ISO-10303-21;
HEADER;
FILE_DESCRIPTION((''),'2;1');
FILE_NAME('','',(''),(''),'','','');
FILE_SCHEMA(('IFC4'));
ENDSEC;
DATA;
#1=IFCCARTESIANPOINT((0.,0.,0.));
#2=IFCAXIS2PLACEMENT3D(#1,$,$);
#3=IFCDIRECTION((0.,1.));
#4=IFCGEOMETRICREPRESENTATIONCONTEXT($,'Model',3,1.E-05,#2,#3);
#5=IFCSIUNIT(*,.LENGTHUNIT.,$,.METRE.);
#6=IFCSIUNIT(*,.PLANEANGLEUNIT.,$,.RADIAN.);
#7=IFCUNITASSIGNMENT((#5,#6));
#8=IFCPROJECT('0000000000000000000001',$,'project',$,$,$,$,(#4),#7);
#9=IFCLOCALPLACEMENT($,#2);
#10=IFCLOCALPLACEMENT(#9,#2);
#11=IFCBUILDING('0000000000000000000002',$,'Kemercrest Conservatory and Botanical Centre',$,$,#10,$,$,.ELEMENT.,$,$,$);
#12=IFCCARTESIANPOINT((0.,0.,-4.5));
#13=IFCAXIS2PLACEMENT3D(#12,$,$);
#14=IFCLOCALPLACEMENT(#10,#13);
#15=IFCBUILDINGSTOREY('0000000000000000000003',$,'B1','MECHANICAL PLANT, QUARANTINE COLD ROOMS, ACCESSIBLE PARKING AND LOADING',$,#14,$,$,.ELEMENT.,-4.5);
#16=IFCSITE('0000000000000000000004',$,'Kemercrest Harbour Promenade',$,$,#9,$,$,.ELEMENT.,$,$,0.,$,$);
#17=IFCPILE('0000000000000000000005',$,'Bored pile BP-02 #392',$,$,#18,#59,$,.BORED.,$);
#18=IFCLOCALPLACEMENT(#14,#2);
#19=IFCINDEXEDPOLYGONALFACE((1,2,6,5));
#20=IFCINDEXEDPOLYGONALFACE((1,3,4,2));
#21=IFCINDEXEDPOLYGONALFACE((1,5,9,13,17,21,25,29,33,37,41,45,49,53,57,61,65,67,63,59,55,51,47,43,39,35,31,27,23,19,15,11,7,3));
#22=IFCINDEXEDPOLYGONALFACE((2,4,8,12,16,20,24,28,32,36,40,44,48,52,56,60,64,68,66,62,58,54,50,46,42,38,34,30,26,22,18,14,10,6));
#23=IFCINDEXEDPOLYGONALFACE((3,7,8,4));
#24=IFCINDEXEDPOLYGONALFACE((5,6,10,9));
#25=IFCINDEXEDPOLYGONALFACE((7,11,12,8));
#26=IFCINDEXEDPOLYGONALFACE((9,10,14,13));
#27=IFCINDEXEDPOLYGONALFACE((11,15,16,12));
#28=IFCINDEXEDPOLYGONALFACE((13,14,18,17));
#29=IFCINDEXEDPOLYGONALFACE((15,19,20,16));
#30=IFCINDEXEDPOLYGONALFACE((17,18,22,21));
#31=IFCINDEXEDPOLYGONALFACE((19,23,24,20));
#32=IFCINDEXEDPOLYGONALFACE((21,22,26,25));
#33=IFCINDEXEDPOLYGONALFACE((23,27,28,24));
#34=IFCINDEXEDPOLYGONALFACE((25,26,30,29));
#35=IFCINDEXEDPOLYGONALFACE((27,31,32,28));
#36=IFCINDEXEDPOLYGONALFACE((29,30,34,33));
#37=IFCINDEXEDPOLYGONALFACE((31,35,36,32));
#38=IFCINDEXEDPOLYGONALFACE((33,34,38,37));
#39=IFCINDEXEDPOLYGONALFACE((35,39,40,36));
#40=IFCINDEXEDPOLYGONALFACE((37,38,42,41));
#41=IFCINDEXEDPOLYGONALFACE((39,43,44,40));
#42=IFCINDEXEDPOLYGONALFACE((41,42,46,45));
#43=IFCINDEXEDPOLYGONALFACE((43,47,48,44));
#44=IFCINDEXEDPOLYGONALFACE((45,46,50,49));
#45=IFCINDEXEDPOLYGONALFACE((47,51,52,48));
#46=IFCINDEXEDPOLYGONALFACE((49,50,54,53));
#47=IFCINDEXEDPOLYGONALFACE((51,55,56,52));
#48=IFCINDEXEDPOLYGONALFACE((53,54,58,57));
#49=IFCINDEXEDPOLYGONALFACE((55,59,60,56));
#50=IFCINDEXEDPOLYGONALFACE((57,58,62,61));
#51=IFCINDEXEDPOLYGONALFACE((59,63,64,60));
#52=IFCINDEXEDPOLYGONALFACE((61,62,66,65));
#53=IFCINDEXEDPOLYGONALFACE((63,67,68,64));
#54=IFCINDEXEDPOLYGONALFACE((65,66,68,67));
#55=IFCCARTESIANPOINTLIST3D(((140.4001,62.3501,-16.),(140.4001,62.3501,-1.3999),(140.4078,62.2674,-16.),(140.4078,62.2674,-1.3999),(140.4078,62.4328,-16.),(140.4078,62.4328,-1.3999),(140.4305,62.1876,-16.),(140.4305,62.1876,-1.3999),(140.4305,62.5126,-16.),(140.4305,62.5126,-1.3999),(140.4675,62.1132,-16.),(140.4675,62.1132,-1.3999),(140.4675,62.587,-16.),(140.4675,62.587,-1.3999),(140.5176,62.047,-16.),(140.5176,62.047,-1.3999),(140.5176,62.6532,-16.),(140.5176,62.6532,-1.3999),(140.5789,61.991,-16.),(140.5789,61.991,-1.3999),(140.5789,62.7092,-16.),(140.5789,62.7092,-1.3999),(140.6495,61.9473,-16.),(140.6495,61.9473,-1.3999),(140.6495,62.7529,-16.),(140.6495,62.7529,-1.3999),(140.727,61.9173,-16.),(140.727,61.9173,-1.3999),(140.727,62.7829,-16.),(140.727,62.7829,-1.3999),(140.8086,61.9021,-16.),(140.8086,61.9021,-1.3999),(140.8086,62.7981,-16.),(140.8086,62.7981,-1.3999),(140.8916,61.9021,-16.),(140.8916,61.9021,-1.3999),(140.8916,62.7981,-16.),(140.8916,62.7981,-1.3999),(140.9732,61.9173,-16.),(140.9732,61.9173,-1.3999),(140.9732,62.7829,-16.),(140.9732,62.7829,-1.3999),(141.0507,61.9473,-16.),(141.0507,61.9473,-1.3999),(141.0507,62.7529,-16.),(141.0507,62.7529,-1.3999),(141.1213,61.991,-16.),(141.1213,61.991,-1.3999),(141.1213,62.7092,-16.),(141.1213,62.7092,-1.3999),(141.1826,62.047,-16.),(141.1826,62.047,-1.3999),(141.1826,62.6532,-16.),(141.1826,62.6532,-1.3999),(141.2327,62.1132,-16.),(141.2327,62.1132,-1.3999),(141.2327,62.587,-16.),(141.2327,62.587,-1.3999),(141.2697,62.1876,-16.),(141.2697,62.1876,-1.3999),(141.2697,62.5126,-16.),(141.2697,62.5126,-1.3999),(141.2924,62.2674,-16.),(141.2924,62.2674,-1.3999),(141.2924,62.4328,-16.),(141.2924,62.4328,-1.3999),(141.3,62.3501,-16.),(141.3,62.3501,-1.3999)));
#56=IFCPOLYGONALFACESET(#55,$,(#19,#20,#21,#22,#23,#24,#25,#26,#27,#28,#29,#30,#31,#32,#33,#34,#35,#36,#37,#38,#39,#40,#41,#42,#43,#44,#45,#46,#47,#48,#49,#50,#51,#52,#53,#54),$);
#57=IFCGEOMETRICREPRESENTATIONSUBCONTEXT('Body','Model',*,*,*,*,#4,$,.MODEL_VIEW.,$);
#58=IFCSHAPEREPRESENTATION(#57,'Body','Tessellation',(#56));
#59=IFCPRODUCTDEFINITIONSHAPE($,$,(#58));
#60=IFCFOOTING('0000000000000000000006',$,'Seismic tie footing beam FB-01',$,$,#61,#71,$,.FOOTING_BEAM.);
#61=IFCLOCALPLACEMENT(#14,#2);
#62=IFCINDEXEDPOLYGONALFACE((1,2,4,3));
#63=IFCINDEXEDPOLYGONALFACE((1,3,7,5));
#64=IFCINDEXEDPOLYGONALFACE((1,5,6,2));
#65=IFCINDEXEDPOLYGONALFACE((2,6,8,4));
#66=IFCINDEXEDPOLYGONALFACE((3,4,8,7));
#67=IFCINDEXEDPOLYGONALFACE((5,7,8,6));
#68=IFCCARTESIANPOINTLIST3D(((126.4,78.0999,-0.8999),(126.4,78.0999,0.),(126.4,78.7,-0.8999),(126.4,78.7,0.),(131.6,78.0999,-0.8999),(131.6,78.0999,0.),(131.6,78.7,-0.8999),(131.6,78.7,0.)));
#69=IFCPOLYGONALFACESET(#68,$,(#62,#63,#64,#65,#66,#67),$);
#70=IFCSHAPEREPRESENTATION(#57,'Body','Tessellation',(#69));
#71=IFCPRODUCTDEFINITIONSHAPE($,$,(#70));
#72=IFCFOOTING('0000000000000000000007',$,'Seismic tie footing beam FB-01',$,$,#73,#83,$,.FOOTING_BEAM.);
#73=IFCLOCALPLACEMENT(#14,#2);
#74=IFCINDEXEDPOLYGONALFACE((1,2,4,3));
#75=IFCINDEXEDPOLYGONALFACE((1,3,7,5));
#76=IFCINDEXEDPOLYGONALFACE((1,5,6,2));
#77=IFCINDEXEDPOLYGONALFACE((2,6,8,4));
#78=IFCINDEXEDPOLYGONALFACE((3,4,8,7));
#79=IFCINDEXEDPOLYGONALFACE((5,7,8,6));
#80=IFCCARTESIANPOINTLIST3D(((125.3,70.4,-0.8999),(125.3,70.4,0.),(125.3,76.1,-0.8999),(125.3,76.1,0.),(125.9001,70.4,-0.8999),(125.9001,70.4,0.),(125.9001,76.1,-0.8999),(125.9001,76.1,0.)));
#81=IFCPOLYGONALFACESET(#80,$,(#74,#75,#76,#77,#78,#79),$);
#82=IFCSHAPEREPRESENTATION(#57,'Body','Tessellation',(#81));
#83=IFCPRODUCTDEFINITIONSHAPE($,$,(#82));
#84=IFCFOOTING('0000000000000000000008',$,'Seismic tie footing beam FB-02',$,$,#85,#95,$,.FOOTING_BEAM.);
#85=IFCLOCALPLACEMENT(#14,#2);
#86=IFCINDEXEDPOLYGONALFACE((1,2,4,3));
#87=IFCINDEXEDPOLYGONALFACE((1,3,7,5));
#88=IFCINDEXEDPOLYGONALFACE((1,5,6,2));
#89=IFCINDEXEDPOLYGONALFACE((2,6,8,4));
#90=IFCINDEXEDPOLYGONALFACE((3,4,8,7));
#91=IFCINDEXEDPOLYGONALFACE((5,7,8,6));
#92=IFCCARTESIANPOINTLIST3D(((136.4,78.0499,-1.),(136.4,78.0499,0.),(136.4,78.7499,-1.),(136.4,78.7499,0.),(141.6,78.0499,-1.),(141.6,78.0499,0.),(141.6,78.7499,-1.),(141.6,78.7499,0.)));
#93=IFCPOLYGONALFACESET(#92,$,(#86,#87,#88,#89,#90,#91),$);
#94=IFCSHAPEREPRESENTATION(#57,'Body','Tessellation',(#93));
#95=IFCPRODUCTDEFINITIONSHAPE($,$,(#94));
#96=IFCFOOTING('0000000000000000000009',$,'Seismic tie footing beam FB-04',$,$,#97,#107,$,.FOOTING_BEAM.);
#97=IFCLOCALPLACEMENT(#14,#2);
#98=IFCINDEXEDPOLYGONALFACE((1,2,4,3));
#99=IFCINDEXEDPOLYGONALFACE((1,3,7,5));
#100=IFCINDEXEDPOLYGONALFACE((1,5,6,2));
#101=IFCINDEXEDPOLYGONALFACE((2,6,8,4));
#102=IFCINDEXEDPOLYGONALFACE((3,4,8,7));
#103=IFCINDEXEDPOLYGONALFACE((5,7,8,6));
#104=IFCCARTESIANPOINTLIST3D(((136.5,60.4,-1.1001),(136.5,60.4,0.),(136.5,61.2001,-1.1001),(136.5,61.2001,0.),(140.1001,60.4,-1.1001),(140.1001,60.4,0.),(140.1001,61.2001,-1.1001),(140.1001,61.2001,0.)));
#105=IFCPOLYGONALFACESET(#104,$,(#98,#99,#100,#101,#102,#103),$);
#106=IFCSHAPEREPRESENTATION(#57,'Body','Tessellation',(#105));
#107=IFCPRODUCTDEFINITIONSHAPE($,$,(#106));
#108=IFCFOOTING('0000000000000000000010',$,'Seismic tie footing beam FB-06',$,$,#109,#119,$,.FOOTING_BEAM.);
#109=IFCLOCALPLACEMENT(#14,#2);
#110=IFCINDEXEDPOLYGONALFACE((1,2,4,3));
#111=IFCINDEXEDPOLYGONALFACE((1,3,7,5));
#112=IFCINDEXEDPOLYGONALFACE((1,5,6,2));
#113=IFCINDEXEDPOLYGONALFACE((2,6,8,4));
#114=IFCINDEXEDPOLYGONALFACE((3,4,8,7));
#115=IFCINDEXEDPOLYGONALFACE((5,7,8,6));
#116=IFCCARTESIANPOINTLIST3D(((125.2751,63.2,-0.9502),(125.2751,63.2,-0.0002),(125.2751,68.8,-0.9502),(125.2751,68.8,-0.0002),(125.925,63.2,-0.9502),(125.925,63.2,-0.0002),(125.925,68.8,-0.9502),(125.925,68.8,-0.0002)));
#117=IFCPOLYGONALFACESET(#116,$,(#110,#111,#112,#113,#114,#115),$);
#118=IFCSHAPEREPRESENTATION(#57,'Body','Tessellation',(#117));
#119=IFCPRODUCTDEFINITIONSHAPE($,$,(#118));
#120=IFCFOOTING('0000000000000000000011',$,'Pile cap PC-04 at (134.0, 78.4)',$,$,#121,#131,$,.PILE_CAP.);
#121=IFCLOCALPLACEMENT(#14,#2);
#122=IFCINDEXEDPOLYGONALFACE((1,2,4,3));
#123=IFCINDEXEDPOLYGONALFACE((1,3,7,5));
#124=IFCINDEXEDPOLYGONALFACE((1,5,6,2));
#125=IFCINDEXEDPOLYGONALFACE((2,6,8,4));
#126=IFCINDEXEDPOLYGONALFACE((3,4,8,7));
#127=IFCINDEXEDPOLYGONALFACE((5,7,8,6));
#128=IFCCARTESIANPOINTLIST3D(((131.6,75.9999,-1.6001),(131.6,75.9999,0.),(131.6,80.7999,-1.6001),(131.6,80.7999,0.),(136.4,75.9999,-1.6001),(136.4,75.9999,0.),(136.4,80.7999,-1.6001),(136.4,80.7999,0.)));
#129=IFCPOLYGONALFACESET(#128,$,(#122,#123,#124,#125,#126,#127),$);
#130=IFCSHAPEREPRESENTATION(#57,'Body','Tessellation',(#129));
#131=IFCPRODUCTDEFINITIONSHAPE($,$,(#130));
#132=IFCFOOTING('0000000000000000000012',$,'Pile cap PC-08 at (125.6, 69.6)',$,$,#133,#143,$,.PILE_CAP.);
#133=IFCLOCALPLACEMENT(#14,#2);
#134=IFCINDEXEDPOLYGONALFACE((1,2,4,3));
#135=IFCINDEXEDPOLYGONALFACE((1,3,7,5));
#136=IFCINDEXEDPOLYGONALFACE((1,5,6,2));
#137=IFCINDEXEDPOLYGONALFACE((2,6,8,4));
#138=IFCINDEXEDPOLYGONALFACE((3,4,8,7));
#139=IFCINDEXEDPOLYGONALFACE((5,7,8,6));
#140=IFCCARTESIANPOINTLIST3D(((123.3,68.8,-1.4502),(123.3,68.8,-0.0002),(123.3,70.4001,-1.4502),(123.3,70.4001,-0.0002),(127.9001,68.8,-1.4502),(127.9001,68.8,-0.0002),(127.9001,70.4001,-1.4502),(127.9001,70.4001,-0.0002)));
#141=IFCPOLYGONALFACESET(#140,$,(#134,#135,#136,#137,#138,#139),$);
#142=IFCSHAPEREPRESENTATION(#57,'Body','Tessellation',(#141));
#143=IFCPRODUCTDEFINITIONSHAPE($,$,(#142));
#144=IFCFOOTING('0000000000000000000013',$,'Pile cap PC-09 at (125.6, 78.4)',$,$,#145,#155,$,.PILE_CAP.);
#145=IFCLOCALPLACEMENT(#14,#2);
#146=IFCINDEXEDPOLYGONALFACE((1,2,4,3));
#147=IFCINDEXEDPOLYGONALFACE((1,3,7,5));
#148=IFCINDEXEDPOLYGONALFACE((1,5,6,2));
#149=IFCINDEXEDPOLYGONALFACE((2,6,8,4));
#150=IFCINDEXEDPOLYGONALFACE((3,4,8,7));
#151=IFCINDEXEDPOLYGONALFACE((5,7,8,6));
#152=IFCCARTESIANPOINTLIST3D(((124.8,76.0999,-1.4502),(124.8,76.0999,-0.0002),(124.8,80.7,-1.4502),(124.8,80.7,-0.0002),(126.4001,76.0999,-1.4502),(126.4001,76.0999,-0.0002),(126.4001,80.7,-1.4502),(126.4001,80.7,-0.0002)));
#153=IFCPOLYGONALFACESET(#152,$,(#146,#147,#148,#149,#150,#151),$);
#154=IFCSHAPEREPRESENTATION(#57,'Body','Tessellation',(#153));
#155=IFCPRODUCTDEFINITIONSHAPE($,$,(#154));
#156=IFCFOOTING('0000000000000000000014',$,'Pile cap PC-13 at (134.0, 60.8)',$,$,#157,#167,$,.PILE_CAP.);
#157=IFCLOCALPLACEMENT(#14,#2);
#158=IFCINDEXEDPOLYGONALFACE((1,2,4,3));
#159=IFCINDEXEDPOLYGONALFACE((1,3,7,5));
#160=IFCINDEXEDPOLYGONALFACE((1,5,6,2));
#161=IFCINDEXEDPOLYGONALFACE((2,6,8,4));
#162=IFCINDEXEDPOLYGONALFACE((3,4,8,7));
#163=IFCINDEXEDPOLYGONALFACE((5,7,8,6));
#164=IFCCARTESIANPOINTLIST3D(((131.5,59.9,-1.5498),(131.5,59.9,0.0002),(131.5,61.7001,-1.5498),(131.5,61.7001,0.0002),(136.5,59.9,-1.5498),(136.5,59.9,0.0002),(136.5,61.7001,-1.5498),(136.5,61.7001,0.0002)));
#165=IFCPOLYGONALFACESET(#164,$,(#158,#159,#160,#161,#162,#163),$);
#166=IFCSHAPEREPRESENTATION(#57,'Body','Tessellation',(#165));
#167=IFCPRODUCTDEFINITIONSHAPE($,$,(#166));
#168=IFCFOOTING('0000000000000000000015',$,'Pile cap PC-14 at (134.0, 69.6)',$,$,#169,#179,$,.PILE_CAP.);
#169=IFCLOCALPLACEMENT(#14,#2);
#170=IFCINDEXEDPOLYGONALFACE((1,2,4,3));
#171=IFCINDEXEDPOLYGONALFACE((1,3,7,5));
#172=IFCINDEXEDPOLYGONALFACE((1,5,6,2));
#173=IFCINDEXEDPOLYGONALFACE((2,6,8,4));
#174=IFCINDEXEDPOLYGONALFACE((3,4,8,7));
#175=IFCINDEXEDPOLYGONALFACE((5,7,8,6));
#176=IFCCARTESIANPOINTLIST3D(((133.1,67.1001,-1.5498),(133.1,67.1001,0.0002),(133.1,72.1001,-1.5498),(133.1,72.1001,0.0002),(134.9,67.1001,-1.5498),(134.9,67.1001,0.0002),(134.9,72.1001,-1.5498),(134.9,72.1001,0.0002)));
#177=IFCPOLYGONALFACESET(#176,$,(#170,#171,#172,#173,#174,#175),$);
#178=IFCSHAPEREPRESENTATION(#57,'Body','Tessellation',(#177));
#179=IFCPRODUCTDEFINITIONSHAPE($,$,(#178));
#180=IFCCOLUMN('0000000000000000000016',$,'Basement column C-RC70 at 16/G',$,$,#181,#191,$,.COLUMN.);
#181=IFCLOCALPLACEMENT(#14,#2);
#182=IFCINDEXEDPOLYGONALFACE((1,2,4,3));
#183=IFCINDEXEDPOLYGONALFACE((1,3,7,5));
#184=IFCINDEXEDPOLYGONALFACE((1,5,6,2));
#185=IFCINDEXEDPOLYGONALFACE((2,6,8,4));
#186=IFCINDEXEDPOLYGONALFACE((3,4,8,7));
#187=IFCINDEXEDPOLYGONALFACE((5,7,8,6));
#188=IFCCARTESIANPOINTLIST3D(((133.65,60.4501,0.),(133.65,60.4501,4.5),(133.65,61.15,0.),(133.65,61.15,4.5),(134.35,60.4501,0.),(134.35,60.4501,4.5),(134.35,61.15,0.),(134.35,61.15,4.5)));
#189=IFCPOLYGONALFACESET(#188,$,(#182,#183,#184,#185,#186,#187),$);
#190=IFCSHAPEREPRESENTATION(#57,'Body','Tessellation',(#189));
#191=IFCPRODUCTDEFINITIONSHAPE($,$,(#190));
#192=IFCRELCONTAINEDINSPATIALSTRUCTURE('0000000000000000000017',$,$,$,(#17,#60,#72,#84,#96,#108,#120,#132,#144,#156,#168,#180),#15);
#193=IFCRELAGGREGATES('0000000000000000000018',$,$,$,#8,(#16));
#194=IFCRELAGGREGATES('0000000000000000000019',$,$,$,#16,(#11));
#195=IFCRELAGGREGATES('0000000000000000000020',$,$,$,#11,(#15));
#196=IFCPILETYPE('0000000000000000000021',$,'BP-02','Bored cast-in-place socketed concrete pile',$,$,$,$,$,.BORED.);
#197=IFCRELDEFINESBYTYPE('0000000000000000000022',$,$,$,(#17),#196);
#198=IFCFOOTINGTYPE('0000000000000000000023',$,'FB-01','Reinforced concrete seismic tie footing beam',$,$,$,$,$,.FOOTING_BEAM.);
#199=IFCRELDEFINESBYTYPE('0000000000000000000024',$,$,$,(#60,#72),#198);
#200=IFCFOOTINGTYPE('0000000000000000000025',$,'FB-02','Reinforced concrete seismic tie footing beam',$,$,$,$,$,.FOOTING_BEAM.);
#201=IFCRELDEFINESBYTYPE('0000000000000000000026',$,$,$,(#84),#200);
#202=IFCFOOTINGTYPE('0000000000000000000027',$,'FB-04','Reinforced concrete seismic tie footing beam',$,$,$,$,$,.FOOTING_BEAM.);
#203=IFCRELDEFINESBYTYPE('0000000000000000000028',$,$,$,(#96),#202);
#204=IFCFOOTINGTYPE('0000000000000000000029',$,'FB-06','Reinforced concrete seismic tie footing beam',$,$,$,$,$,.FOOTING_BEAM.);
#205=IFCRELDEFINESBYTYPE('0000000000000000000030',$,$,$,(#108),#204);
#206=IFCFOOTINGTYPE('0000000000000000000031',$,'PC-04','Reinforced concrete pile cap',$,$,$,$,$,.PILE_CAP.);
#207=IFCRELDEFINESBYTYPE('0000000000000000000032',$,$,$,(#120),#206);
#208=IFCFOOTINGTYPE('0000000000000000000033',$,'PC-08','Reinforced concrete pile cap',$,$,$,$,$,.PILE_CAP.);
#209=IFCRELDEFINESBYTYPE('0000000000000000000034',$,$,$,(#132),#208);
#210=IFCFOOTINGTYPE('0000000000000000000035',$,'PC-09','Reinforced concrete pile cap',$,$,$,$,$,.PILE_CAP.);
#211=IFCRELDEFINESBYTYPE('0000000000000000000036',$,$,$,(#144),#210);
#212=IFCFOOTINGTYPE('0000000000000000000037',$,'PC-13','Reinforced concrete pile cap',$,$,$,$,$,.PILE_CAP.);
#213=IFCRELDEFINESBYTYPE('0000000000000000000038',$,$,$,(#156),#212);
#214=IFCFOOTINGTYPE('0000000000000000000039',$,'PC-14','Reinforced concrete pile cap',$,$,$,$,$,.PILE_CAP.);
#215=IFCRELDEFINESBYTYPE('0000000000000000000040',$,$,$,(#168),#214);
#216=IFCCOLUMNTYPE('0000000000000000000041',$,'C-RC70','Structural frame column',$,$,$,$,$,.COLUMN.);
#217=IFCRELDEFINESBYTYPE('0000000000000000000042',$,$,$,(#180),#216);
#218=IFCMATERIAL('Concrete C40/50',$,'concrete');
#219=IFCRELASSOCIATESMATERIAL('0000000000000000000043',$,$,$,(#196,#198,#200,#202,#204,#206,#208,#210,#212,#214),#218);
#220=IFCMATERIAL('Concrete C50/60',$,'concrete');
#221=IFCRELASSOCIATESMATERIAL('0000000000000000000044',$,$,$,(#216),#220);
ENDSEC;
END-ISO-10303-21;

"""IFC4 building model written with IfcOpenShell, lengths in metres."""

from ifc_helpers import new_model, si_unit, direction, frame, origin, origin_2d, place, context, subcontext, project, spatial, rectangle, circle, extrude, material, material_profile, profile_set, type_object, element, save


model = new_model("IFC4")

# Units and contexts
model_context = context("Model", 3, precision=1e-05, world=origin(), true_north=direction((0.0, 1.0)))
body_context = subcontext(model_context, "Body", "Model", "MODEL_VIEW")
ifc_project = project(units=[si_unit("LENGTHUNIT", "METRE"), si_unit("PLANEANGLEUNIT", "RADIAN")], contexts=[model_context])

# Site, building, storey
site_placement = place(None, origin())
site = spatial("IfcSite", under=ifc_project, at=site_placement, Name="Kemercrest Harbour Promenade", CompositionType="ELEMENT", RefElevation=0.0)
building_placement = place(site_placement, origin())
building = spatial("IfcBuilding", under=site, at=building_placement, Name="Kemercrest Conservatory and Botanical Centre", CompositionType="ELEMENT")
storey_placement = place(building_placement, frame((0.0, 0.0, -4.5)))
storey = spatial("IfcBuildingStorey", under=building, at=storey_placement, Name="B1", Description="MECHANICAL PLANT, QUARANTINE COLD ROOMS, ACCESSIBLE PARKING AND LOADING", CompositionType="ELEMENT", Elevation=-4.5)

# Pile
ifc_material_1 = material(Name="Concrete C40/50", Category="concrete")
ifc_material_profile_1 = material_profile(ifc_material_1, circle(Radius=0.45, at=origin_2d()), Name="BORED PILE 900")
ifc_profile_set_1 = profile_set([ifc_material_profile_1], Name="Concrete C40/50")
pile_type_1 = type_object("IfcPileType", Name="BP-02", Description="Bored cast-in-place socketed concrete pile", PredefinedType="BORED", material=ifc_profile_set_1)
pile_1_placement = place(storey_placement, frame((140.8501, 62.3501, -1.3999), z_axis=(0.0, 0.0, -1.0), x_axis=(1.0, 0.0, 0.0)))
element("IfcPile", 1, at=pile_1_placement, inside=storey, type_object=pile_type_1, Name="Bored pile BP-02 #392", PredefinedType="BORED", context=body_context, shape_type="SweptSolid", body=[
    extrude(circle(Radius=0.45, at=origin_2d()), origin(), (0.0, 0.0, 1.0), 14.6001),
])

# Footings
footing_type_1 = type_object("IfcFootingType", Name="FB-01", Description="Reinforced concrete seismic tie footing beam", PredefinedType="FOOTING_BEAM", material=ifc_material_1)
footing_1_placement = place(storey_placement, frame((129.0, 78.3999, -0.8999), z_axis=(0.0, 0.0, 1.0), x_axis=(1.0, 0.0, 0.0)))
element("IfcFooting", 2, at=footing_1_placement, inside=storey, type_object=footing_type_1, Name="Seismic tie footing beam FB-01", PredefinedType="FOOTING_BEAM", context=body_context, shape_type="SweptSolid", body=[
    extrude(rectangle(XDim=5.2, YDim=0.6001, at=origin_2d()), origin(), (0.0, 0.0, 1.0), 0.8999),
])
footing_2_placement = place(storey_placement, frame((125.6001, 73.25, -0.8999), z_axis=(0.0, 0.0, 1.0), x_axis=(1.0, 0.0, 0.0)))
element("IfcFooting", 3, at=footing_2_placement, inside=storey, type_object=footing_type_1, Name="Seismic tie footing beam FB-01", PredefinedType="FOOTING_BEAM", context=body_context, shape_type="SweptSolid", body=[
    extrude(rectangle(XDim=0.6001, YDim=5.7, at=origin_2d()), origin(), (0.0, 0.0, 1.0), 0.8999),
])
footing_type_2 = type_object("IfcFootingType", Name="FB-02", Description="Reinforced concrete seismic tie footing beam", PredefinedType="FOOTING_BEAM", material=ifc_material_1)
footing_3_placement = place(storey_placement, frame((139.0, 78.3999, -1.0), z_axis=(0.0, 0.0, 1.0), x_axis=(1.0, 0.0, 0.0)))
element("IfcFooting", 4, at=footing_3_placement, inside=storey, type_object=footing_type_2, Name="Seismic tie footing beam FB-02", PredefinedType="FOOTING_BEAM", context=body_context, shape_type="SweptSolid", body=[
    extrude(rectangle(XDim=5.2, YDim=0.7, at=origin_2d()), origin(), (0.0, 0.0, 1.0), 1.0),
])
footing_type_3 = type_object("IfcFootingType", Name="FB-04", Description="Reinforced concrete seismic tie footing beam", PredefinedType="FOOTING_BEAM", material=ifc_material_1)
footing_4_placement = place(storey_placement, frame((138.3, 60.8, -1.1001), z_axis=(0.0, 0.0, 1.0), x_axis=(1.0, 0.0, 0.0)))
element("IfcFooting", 5, at=footing_4_placement, inside=storey, type_object=footing_type_3, Name="Seismic tie footing beam FB-04", PredefinedType="FOOTING_BEAM", context=body_context, shape_type="SweptSolid", body=[
    extrude(rectangle(XDim=3.6001, YDim=0.8, at=origin_2d()), origin(), (0.0, 0.0, 1.0), 1.1001),
])
footing_type_4 = type_object("IfcFootingType", Name="FB-06", Description="Reinforced concrete seismic tie footing beam", PredefinedType="FOOTING_BEAM", material=ifc_material_1)
footing_5_placement = place(storey_placement, frame((125.6001, 66.0, -0.9502), z_axis=(0.0, 0.0, 1.0), x_axis=(1.0, 0.0, 0.0)))
element("IfcFooting", 6, at=footing_5_placement, inside=storey, type_object=footing_type_4, Name="Seismic tie footing beam FB-06", PredefinedType="FOOTING_BEAM", context=body_context, shape_type="SweptSolid", body=[
    extrude(rectangle(XDim=0.6499, YDim=5.6001, at=origin_2d()), origin(), (0.0, 0.0, 1.0), 0.95),
])
footing_type_5 = type_object("IfcFootingType", Name="PC-04", Description="Reinforced concrete pile cap", PredefinedType="PILE_CAP", material=ifc_material_1)
footing_6_placement = place(storey_placement, frame((134.0, 78.3999, -1.6001), z_axis=(0.0, 0.0, 1.0), x_axis=(1.0, 0.0, 0.0)))
element("IfcFooting", 7, at=footing_6_placement, inside=storey, type_object=footing_type_5, Name="Pile cap PC-04 at (134.0, 78.4)", PredefinedType="PILE_CAP", context=body_context, shape_type="SweptSolid", body=[
    extrude(rectangle(XDim=4.8, YDim=4.8, at=origin_2d()), origin(), (0.0, 0.0, 1.0), 1.6001),
])
footing_type_6 = type_object("IfcFootingType", Name="PC-08", Description="Reinforced concrete pile cap", PredefinedType="PILE_CAP", material=ifc_material_1)
footing_7_placement = place(storey_placement, frame((125.6001, 69.6001, -1.4502), z_axis=(0.0, 0.0, 1.0), x_axis=(1.0, 0.0, 0.0)))
element("IfcFooting", 8, at=footing_7_placement, inside=storey, type_object=footing_type_6, Name="Pile cap PC-08 at (125.6, 69.6)", PredefinedType="PILE_CAP", context=body_context, shape_type="SweptSolid", body=[
    extrude(rectangle(XDim=4.6001, YDim=1.6001, at=origin_2d()), origin(), (0.0, 0.0, 1.0), 1.45),
])
footing_type_7 = type_object("IfcFootingType", Name="PC-09", Description="Reinforced concrete pile cap", PredefinedType="PILE_CAP", material=ifc_material_1)
footing_8_placement = place(storey_placement, frame((125.6001, 78.3999, -1.4502), z_axis=(0.0, 0.0, 1.0), x_axis=(1.0, 0.0, 0.0)))
element("IfcFooting", 9, at=footing_8_placement, inside=storey, type_object=footing_type_7, Name="Pile cap PC-09 at (125.6, 78.4)", PredefinedType="PILE_CAP", context=body_context, shape_type="SweptSolid", body=[
    extrude(rectangle(XDim=1.6001, YDim=4.6001, at=origin_2d()), origin(), (0.0, 0.0, 1.0), 1.45),
])
footing_type_8 = type_object("IfcFootingType", Name="PC-13", Description="Reinforced concrete pile cap", PredefinedType="PILE_CAP", material=ifc_material_1)
footing_9_placement = place(storey_placement, frame((134.0, 60.8, -1.5498), z_axis=(0.0, 0.0, 1.0), x_axis=(1.0, 0.0, 0.0)))
element("IfcFooting", 10, at=footing_9_placement, inside=storey, type_object=footing_type_8, Name="Pile cap PC-13 at (134.0, 60.8)", PredefinedType="PILE_CAP", context=body_context, shape_type="SweptSolid", body=[
    extrude(rectangle(XDim=5.0, YDim=1.8, at=origin_2d()), origin(), (0.0, 0.0, 1.0), 1.55),
])
footing_type_9 = type_object("IfcFootingType", Name="PC-14", Description="Reinforced concrete pile cap", PredefinedType="PILE_CAP", material=ifc_material_1)
footing_10_placement = place(storey_placement, frame((134.0, 69.6001, -1.5498), z_axis=(0.0, 0.0, 1.0), x_axis=(1.0, 0.0, 0.0)))
element("IfcFooting", 11, at=footing_10_placement, inside=storey, type_object=footing_type_9, Name="Pile cap PC-14 at (134.0, 69.6)", PredefinedType="PILE_CAP", context=body_context, shape_type="SweptSolid", body=[
    extrude(rectangle(XDim=1.8, YDim=5.0, at=origin_2d()), origin(), (0.0, 0.0, 1.0), 1.55),
])

# Column
ifc_material_2 = material(Name="Concrete C50/60", Category="concrete")
ifc_material_profile_2 = material_profile(ifc_material_2, rectangle(XDim=0.7, YDim=0.7, at=origin_2d()), Name="RC 700x700")
ifc_profile_set_2 = profile_set([ifc_material_profile_2], Name="Concrete C50/60")
column_type_1 = type_object("IfcColumnType", Name="C-RC70", Description="Structural frame column", PredefinedType="COLUMN", material=ifc_profile_set_2)
column_placement = place(storey_placement, frame((134.0, 60.8, 0.0), z_axis=(0.0, 0.0, 1.0), x_axis=(1.0, 0.0, 0.0)))
element("IfcColumn", 12, at=column_placement, inside=storey, type_object=column_type_1, Name="Basement column C-RC70 at 16/G", PredefinedType="COLUMN", context=body_context, shape_type="SweptSolid", body=[
    extrude(rectangle(XDim=0.7, YDim=0.7, at=origin_2d()), origin(), (0.0, 0.0, 1.0), 4.5),
])

save(model, "model.ifc")
